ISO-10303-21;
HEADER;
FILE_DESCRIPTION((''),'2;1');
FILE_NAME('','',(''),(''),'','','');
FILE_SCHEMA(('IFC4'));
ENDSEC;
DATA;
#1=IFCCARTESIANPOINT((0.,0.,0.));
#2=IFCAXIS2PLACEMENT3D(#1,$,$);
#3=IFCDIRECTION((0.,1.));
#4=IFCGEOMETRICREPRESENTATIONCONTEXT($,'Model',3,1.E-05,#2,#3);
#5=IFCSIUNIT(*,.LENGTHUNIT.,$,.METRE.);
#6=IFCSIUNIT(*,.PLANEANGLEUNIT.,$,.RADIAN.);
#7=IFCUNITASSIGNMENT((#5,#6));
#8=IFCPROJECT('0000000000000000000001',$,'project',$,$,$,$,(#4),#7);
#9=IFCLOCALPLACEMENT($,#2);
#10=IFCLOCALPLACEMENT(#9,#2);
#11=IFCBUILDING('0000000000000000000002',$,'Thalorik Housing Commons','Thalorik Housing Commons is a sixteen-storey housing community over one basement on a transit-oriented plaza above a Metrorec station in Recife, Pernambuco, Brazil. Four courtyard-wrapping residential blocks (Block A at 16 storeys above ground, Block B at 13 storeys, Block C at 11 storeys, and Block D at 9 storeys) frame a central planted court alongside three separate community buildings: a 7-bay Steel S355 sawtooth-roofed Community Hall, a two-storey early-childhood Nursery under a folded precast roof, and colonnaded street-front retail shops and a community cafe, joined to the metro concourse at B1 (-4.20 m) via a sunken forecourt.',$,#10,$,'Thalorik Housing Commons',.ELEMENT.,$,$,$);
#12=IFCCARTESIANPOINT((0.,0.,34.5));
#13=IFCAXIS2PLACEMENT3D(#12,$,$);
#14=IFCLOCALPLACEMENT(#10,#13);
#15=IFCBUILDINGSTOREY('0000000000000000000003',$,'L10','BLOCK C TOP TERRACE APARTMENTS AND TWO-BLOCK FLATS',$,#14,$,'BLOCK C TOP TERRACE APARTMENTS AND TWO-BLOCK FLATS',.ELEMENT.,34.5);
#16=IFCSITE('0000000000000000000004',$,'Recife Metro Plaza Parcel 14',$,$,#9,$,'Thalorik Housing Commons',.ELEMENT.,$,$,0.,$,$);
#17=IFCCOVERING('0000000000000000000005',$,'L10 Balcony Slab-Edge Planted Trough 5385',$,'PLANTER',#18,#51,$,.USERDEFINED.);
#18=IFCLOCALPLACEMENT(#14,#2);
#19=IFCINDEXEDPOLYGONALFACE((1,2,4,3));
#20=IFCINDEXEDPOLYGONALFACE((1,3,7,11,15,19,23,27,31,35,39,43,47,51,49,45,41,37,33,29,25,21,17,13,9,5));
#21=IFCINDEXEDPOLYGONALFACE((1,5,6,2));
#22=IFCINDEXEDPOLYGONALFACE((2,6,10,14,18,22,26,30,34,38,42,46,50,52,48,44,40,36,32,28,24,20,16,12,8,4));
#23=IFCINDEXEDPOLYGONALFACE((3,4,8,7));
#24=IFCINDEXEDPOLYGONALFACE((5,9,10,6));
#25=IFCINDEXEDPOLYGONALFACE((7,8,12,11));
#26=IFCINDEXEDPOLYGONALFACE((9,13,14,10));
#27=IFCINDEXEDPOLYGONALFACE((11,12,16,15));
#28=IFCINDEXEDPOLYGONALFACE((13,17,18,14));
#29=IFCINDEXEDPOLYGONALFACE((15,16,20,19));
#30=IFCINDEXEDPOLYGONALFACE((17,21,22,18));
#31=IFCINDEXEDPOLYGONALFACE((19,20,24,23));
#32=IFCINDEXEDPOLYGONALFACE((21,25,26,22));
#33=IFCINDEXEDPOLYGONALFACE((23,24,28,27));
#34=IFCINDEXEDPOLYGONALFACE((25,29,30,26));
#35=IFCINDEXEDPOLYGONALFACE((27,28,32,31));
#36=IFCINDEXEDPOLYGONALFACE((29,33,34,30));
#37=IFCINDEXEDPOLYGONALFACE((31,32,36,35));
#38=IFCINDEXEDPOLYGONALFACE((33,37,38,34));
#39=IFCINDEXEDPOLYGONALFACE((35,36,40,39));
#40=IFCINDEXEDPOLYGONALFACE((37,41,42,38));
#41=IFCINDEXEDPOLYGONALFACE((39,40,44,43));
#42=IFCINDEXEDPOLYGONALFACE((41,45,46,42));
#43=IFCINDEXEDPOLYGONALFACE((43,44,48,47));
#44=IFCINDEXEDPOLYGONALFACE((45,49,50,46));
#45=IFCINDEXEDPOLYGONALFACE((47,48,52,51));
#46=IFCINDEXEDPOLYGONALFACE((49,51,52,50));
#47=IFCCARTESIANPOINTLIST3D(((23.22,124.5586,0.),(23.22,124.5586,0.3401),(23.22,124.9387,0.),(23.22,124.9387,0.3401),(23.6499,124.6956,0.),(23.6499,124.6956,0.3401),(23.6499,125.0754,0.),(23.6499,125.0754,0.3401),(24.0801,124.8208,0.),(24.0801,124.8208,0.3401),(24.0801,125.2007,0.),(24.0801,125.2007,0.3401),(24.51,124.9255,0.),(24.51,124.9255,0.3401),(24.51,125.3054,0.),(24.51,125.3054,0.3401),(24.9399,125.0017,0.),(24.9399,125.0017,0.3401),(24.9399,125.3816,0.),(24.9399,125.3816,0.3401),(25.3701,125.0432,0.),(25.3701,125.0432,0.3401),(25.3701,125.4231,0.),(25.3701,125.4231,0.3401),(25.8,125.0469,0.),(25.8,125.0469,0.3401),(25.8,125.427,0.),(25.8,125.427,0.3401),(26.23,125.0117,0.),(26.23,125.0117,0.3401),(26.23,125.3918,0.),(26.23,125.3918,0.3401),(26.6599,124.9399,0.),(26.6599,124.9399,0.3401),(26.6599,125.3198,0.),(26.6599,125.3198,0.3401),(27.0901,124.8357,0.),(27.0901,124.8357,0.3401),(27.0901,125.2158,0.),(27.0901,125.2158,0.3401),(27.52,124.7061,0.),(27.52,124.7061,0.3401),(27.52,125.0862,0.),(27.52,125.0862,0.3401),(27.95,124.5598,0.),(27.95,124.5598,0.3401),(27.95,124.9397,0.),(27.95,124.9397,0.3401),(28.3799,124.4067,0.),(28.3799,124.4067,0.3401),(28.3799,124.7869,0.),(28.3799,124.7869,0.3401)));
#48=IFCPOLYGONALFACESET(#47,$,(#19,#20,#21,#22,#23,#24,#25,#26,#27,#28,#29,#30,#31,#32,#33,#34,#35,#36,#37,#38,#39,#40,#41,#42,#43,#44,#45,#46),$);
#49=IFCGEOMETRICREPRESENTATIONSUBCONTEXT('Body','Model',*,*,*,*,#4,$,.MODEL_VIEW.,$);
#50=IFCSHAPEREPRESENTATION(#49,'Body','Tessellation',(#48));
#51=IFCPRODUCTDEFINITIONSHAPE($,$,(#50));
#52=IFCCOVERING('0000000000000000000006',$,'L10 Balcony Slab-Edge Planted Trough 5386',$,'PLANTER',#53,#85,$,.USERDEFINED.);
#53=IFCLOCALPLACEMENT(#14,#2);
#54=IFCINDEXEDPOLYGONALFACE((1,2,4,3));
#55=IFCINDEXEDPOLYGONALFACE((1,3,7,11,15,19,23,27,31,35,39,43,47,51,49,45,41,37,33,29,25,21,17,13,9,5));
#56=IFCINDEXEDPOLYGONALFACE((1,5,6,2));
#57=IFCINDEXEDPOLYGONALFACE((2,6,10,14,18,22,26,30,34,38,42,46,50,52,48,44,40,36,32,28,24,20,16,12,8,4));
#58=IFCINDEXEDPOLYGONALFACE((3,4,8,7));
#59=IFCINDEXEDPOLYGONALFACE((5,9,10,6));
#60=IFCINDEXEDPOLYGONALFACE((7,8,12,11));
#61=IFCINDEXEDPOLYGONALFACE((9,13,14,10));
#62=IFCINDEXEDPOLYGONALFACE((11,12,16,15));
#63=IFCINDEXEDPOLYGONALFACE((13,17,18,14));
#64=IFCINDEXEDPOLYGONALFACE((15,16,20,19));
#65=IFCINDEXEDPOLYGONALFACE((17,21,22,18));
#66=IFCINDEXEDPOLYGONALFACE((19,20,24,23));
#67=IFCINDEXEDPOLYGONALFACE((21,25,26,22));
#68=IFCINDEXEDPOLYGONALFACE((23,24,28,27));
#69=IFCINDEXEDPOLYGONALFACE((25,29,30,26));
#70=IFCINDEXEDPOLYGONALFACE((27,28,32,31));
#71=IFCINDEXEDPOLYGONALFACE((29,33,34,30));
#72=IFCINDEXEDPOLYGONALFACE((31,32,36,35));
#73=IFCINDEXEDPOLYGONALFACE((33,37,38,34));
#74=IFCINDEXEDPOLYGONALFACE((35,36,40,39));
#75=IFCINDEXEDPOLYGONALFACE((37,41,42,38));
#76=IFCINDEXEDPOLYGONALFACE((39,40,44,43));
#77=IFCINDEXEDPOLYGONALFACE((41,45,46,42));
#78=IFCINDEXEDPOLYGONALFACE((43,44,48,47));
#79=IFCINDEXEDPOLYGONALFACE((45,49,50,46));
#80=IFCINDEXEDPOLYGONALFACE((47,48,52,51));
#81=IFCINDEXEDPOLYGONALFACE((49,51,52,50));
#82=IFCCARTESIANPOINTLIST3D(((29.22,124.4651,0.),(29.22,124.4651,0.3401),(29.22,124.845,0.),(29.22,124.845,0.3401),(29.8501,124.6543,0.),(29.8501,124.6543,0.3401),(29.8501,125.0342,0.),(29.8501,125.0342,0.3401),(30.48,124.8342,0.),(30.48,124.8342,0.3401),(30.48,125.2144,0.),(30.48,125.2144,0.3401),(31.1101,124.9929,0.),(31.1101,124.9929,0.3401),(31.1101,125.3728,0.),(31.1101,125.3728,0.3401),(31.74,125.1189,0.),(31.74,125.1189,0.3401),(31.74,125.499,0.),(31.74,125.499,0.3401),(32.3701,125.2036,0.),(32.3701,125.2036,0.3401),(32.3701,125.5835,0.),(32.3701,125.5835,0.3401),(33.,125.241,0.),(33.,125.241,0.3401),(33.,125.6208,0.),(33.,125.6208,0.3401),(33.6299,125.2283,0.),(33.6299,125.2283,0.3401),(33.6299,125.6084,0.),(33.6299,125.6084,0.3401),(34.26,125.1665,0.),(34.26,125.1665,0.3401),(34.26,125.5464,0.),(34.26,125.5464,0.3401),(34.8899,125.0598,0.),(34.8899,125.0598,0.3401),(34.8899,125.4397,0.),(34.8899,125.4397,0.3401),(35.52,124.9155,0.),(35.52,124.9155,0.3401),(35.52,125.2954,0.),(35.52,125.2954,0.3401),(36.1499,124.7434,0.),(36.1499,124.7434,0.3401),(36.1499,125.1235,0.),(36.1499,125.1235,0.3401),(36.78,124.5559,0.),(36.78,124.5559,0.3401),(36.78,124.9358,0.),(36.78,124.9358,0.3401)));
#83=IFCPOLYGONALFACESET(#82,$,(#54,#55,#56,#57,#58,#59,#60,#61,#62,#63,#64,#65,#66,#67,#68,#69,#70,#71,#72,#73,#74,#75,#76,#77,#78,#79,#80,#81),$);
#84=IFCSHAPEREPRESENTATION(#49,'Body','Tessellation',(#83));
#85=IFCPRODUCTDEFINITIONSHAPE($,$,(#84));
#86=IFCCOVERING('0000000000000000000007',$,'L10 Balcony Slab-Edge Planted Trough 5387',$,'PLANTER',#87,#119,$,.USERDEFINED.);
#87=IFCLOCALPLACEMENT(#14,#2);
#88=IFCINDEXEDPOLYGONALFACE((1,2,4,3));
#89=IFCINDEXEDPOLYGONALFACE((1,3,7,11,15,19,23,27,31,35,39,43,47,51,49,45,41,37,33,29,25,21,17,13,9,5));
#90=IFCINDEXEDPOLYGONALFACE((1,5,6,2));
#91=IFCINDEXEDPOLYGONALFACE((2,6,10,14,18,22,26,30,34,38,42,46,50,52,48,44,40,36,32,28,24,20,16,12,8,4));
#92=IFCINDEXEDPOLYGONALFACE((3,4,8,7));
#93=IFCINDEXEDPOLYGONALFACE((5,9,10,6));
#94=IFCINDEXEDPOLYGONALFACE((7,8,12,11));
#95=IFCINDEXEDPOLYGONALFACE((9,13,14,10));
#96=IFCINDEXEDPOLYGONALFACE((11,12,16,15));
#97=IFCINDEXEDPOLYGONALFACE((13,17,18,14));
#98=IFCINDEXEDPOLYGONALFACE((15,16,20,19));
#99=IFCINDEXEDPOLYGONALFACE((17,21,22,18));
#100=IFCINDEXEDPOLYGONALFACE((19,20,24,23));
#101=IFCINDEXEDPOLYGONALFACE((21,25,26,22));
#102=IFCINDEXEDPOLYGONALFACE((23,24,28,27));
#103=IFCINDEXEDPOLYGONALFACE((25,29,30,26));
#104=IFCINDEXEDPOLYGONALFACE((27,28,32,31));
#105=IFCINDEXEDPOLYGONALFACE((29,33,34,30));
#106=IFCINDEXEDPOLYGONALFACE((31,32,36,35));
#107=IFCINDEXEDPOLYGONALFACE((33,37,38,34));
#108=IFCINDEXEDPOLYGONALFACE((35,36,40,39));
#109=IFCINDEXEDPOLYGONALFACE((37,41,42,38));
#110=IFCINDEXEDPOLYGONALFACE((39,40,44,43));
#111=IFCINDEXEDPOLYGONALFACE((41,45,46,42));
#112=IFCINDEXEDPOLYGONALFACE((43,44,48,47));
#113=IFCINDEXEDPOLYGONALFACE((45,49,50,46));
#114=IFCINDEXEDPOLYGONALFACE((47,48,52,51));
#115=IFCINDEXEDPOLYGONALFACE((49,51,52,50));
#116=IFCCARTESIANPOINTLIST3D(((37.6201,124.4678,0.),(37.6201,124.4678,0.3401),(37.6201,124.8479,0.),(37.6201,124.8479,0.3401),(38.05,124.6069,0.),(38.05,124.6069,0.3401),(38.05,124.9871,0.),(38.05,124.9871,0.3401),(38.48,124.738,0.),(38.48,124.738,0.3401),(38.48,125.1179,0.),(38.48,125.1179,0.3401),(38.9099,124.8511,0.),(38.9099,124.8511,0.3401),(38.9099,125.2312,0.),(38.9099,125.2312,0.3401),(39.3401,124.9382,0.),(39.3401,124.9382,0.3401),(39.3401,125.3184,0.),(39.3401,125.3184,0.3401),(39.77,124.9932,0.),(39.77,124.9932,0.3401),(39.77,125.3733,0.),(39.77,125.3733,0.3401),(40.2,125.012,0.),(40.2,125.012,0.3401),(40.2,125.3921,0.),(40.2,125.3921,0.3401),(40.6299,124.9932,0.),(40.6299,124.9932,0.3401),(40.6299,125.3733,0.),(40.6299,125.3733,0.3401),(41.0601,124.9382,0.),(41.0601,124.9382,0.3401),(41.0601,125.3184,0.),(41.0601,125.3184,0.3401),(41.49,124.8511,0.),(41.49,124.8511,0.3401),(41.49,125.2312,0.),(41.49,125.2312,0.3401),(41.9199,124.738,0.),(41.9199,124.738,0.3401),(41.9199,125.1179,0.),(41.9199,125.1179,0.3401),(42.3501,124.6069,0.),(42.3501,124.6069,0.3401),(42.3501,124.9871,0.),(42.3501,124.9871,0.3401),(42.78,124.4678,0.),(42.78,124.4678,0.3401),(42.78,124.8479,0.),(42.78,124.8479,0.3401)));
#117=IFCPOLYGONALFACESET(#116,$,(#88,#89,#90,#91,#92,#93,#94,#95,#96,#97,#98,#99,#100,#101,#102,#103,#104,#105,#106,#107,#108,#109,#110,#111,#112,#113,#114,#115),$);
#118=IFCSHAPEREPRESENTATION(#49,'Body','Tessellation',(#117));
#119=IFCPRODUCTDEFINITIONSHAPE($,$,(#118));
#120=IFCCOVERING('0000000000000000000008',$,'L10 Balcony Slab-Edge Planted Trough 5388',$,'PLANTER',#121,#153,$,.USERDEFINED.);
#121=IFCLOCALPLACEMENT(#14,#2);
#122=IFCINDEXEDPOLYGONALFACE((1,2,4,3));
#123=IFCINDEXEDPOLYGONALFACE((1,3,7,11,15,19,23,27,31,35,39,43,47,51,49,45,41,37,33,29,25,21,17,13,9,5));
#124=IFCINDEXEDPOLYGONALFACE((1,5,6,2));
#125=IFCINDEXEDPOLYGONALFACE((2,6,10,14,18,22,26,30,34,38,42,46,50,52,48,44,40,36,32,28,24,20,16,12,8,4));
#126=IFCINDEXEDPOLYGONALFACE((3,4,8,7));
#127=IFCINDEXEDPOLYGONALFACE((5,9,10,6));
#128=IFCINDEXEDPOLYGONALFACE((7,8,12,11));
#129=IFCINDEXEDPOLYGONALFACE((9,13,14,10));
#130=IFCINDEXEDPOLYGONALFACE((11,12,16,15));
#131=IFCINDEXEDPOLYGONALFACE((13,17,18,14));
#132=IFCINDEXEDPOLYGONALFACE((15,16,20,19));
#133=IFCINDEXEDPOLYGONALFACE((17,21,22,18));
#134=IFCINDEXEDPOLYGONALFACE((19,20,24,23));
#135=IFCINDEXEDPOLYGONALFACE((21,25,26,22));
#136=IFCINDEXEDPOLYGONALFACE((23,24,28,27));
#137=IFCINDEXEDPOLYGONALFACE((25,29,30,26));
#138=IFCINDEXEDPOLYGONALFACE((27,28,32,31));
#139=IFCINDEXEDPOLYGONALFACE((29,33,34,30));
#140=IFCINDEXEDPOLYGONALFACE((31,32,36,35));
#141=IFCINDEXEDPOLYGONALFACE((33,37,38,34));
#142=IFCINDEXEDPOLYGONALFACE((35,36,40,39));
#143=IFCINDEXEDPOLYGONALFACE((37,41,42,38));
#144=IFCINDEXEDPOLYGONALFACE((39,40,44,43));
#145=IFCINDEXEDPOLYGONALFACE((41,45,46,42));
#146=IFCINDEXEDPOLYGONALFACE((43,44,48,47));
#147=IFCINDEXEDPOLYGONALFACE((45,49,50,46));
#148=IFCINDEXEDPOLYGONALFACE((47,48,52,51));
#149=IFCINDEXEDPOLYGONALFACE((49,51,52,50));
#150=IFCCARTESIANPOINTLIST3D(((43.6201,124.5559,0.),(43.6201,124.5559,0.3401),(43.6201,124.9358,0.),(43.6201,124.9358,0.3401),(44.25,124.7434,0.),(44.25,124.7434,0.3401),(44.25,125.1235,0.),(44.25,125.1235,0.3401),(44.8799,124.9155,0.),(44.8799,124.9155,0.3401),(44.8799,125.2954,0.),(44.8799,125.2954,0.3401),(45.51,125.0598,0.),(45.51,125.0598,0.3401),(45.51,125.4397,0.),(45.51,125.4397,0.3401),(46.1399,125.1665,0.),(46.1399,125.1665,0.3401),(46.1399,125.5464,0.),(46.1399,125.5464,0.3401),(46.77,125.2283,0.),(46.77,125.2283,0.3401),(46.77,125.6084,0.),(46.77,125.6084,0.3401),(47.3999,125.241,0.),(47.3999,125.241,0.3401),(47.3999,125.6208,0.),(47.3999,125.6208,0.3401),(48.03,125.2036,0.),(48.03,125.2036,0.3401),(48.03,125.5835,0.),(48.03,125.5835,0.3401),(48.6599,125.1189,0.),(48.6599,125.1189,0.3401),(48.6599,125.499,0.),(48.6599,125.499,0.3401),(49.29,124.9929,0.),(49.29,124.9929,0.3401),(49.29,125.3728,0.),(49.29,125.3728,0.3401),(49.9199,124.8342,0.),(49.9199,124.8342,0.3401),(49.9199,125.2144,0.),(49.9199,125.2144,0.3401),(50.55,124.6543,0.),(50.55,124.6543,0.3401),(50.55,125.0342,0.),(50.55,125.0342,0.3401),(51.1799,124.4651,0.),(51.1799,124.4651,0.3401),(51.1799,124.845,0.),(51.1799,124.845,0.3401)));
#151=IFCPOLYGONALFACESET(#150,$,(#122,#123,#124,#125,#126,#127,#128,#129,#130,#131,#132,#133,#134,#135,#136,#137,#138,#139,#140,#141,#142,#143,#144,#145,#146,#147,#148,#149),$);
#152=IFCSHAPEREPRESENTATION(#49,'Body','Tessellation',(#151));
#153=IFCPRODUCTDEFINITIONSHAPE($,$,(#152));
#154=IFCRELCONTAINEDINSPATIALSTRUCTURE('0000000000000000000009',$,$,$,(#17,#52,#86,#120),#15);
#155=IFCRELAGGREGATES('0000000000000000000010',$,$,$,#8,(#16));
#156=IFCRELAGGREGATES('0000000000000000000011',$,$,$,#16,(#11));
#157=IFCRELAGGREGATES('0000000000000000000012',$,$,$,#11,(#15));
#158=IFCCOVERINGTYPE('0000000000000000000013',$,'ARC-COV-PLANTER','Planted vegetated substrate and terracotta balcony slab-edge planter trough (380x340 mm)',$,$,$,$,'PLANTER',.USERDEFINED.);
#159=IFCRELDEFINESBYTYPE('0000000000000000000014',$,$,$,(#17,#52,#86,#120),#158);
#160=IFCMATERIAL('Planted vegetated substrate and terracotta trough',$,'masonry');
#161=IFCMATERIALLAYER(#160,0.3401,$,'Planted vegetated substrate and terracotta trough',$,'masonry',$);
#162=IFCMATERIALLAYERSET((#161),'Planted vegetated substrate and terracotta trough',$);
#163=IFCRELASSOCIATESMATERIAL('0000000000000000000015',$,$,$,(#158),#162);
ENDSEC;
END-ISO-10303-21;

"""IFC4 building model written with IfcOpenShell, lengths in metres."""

from ifc_helpers import new_model, si_unit, direction, frame, origin, place, context, subcontext, project, spatial, polyline, outline, extrude, material, layer, layer_set, type_object, element, save


model = new_model("IFC4")

# Units and contexts
model_context = context("Model", 3, precision=1e-05, world=origin(), true_north=direction((0.0, 1.0)))
body_context = subcontext(model_context, "Body", "Model", "MODEL_VIEW")
ifc_project = project(units=[si_unit("LENGTHUNIT", "METRE"), si_unit("PLANEANGLEUNIT", "RADIAN")], contexts=[model_context])

# Site, building, storey
site_placement = place(None, origin())
site = spatial("IfcSite", under=ifc_project, at=site_placement, Name="Recife Metro Plaza Parcel 14", LongName="Thalorik Housing Commons", CompositionType="ELEMENT", RefElevation=0.0)
building_placement = place(site_placement, origin())
building = spatial("IfcBuilding", under=site, at=building_placement, Name="Thalorik Housing Commons", Description="Thalorik Housing Commons is a sixteen-storey housing community over one basement on a transit-oriented plaza above a Metrorec station in Recife, Pernambuco, Brazil. Four courtyard-wrapping residential blocks (Block A at 16 storeys above ground, Block B at 13 storeys, Block C at 11 storeys, and Block D at 9 storeys) frame a central planted court alongside three separate community buildings: a 7-bay Steel S355 sawtooth-roofed Community Hall, a two-storey early-childhood Nursery under a folded precast roof, and colonnaded street-front retail shops and a community cafe, joined to the metro concourse at B1 (-4.20 m) via a sunken forecourt.", LongName="Thalorik Housing Commons", CompositionType="ELEMENT")
storey_placement = place(building_placement, frame((0.0, 0.0, 34.5)))
storey = spatial("IfcBuildingStorey", under=building, at=storey_placement, Name="L10", Description="BLOCK C TOP TERRACE APARTMENTS AND TWO-BLOCK FLATS", LongName="BLOCK C TOP TERRACE APARTMENTS AND TWO-BLOCK FLATS", CompositionType="ELEMENT", Elevation=34.5)

# Coverings
ifc_material_1 = material(Name="Planted vegetated substrate and terracotta trough", Category="masonry")
ifc_layer_1 = layer(ifc_material_1, 0.3401, Name="Planted vegetated substrate and terracotta trough", Category="masonry")
ifc_layer_set_1 = layer_set([ifc_layer_1], Name="Planted vegetated substrate and terracotta trough")
covering_type = type_object("IfcCoveringType", Name="ARC-COV-PLANTER", Description="Planted vegetated substrate and terracotta balcony slab-edge planter trough (380x340 mm)", ElementType="PLANTER", PredefinedType="USERDEFINED", material=ifc_layer_set_1)
covering_1_placement = place(storey_placement, origin())
element("IfcCovering", 1, at=covering_1_placement, inside=storey, type_object=covering_type, Name="L10 Balcony Slab-Edge Planted Trough 5385", ObjectType="PLANTER", PredefinedType="USERDEFINED", context=body_context, shape_type="SweptSolid", body=[
    extrude(outline(polyline([(28.3799, 124.7869), (27.95, 124.9397), (27.52, 125.0862), (27.0901, 125.2158), (26.6599, 125.3198), (26.23, 125.3918), (25.8, 125.427), (25.3701, 125.4231), (24.9399, 125.3816), (24.51, 125.3054), (24.0801, 125.2007), (23.6499, 125.0754), (23.22, 124.9387), (23.22, 124.5586), (23.6499, 124.6956), (24.0801, 124.8208), (24.51, 124.9255), (24.9399, 125.0017), (25.3701, 125.0432), (25.8, 125.0469), (26.23, 125.0117), (26.6599, 124.9399), (27.0901, 124.8357), (27.52, 124.7061), (27.95, 124.5598), (28.3799, 124.4067), (28.3799, 124.7869)])), origin(), (0.0, 0.0, 1.0), 0.3401),
])
covering_2_placement = place(storey_placement, origin())
element("IfcCovering", 2, at=covering_2_placement, inside=storey, type_object=covering_type, Name="L10 Balcony Slab-Edge Planted Trough 5386", ObjectType="PLANTER", PredefinedType="USERDEFINED", context=body_context, shape_type="SweptSolid", body=[
    extrude(outline(polyline([(36.78, 124.9358), (36.1499, 125.1235), (35.52, 125.2954), (34.8899, 125.4397), (34.26, 125.5464), (33.6299, 125.6084), (33.0, 125.6208), (32.3701, 125.5835), (31.74, 125.499), (31.1101, 125.3728), (30.48, 125.2144), (29.8501, 125.0342), (29.22, 124.845), (29.22, 124.4651), (29.8501, 124.6543), (30.48, 124.8342), (31.1101, 124.9929), (31.74, 125.1189), (32.3701, 125.2036), (33.0, 125.241), (33.6299, 125.2283), (34.26, 125.1665), (34.8899, 125.0598), (35.52, 124.9155), (36.1499, 124.7434), (36.78, 124.5559), (36.78, 124.9358)])), origin(), (0.0, 0.0, 1.0), 0.3401),
])
covering_3_placement = place(storey_placement, origin())
element("IfcCovering", 3, at=covering_3_placement, inside=storey, type_object=covering_type, Name="L10 Balcony Slab-Edge Planted Trough 5387", ObjectType="PLANTER", PredefinedType="USERDEFINED", context=body_context, shape_type="SweptSolid", body=[
    extrude(outline(polyline([(42.78, 124.8479), (42.3501, 124.9871), (41.9199, 125.1179), (41.49, 125.2312), (41.0601, 125.3184), (40.6299, 125.3733), (40.2, 125.3921), (39.77, 125.3733), (39.3401, 125.3184), (38.9099, 125.2312), (38.48, 125.1179), (38.05, 124.9871), (37.6201, 124.8479), (37.6201, 124.4678), (38.05, 124.6069), (38.48, 124.738), (38.9099, 124.8511), (39.3401, 124.9382), (39.77, 124.9932), (40.2, 125.012), (40.6299, 124.9932), (41.0601, 124.9382), (41.49, 124.8511), (41.9199, 124.738), (42.3501, 124.6069), (42.78, 124.4678), (42.78, 124.8479)])), origin(), (0.0, 0.0, 1.0), 0.3401),
])
covering_4_placement = place(storey_placement, origin())
element("IfcCovering", 4, at=covering_4_placement, inside=storey, type_object=covering_type, Name="L10 Balcony Slab-Edge Planted Trough 5388", ObjectType="PLANTER", PredefinedType="USERDEFINED", context=body_context, shape_type="SweptSolid", body=[
    extrude(outline(polyline([(51.1799, 124.845), (50.55, 125.0342), (49.9199, 125.2144), (49.29, 125.3728), (48.6599, 125.499), (48.03, 125.5835), (47.3999, 125.6208), (46.77, 125.6084), (46.1399, 125.5464), (45.51, 125.4397), (44.8799, 125.2954), (44.25, 125.1235), (43.6201, 124.9358), (43.6201, 124.5559), (44.25, 124.7434), (44.8799, 124.9155), (45.51, 125.0598), (46.1399, 125.1665), (46.77, 125.2283), (47.3999, 125.241), (48.03, 125.2036), (48.6599, 125.1189), (49.29, 124.9929), (49.9199, 124.8342), (50.55, 124.6543), (51.1799, 124.4651), (51.1799, 124.845)])), origin(), (0.0, 0.0, 1.0), 0.3401),
])

save(model, "model.ifc")
